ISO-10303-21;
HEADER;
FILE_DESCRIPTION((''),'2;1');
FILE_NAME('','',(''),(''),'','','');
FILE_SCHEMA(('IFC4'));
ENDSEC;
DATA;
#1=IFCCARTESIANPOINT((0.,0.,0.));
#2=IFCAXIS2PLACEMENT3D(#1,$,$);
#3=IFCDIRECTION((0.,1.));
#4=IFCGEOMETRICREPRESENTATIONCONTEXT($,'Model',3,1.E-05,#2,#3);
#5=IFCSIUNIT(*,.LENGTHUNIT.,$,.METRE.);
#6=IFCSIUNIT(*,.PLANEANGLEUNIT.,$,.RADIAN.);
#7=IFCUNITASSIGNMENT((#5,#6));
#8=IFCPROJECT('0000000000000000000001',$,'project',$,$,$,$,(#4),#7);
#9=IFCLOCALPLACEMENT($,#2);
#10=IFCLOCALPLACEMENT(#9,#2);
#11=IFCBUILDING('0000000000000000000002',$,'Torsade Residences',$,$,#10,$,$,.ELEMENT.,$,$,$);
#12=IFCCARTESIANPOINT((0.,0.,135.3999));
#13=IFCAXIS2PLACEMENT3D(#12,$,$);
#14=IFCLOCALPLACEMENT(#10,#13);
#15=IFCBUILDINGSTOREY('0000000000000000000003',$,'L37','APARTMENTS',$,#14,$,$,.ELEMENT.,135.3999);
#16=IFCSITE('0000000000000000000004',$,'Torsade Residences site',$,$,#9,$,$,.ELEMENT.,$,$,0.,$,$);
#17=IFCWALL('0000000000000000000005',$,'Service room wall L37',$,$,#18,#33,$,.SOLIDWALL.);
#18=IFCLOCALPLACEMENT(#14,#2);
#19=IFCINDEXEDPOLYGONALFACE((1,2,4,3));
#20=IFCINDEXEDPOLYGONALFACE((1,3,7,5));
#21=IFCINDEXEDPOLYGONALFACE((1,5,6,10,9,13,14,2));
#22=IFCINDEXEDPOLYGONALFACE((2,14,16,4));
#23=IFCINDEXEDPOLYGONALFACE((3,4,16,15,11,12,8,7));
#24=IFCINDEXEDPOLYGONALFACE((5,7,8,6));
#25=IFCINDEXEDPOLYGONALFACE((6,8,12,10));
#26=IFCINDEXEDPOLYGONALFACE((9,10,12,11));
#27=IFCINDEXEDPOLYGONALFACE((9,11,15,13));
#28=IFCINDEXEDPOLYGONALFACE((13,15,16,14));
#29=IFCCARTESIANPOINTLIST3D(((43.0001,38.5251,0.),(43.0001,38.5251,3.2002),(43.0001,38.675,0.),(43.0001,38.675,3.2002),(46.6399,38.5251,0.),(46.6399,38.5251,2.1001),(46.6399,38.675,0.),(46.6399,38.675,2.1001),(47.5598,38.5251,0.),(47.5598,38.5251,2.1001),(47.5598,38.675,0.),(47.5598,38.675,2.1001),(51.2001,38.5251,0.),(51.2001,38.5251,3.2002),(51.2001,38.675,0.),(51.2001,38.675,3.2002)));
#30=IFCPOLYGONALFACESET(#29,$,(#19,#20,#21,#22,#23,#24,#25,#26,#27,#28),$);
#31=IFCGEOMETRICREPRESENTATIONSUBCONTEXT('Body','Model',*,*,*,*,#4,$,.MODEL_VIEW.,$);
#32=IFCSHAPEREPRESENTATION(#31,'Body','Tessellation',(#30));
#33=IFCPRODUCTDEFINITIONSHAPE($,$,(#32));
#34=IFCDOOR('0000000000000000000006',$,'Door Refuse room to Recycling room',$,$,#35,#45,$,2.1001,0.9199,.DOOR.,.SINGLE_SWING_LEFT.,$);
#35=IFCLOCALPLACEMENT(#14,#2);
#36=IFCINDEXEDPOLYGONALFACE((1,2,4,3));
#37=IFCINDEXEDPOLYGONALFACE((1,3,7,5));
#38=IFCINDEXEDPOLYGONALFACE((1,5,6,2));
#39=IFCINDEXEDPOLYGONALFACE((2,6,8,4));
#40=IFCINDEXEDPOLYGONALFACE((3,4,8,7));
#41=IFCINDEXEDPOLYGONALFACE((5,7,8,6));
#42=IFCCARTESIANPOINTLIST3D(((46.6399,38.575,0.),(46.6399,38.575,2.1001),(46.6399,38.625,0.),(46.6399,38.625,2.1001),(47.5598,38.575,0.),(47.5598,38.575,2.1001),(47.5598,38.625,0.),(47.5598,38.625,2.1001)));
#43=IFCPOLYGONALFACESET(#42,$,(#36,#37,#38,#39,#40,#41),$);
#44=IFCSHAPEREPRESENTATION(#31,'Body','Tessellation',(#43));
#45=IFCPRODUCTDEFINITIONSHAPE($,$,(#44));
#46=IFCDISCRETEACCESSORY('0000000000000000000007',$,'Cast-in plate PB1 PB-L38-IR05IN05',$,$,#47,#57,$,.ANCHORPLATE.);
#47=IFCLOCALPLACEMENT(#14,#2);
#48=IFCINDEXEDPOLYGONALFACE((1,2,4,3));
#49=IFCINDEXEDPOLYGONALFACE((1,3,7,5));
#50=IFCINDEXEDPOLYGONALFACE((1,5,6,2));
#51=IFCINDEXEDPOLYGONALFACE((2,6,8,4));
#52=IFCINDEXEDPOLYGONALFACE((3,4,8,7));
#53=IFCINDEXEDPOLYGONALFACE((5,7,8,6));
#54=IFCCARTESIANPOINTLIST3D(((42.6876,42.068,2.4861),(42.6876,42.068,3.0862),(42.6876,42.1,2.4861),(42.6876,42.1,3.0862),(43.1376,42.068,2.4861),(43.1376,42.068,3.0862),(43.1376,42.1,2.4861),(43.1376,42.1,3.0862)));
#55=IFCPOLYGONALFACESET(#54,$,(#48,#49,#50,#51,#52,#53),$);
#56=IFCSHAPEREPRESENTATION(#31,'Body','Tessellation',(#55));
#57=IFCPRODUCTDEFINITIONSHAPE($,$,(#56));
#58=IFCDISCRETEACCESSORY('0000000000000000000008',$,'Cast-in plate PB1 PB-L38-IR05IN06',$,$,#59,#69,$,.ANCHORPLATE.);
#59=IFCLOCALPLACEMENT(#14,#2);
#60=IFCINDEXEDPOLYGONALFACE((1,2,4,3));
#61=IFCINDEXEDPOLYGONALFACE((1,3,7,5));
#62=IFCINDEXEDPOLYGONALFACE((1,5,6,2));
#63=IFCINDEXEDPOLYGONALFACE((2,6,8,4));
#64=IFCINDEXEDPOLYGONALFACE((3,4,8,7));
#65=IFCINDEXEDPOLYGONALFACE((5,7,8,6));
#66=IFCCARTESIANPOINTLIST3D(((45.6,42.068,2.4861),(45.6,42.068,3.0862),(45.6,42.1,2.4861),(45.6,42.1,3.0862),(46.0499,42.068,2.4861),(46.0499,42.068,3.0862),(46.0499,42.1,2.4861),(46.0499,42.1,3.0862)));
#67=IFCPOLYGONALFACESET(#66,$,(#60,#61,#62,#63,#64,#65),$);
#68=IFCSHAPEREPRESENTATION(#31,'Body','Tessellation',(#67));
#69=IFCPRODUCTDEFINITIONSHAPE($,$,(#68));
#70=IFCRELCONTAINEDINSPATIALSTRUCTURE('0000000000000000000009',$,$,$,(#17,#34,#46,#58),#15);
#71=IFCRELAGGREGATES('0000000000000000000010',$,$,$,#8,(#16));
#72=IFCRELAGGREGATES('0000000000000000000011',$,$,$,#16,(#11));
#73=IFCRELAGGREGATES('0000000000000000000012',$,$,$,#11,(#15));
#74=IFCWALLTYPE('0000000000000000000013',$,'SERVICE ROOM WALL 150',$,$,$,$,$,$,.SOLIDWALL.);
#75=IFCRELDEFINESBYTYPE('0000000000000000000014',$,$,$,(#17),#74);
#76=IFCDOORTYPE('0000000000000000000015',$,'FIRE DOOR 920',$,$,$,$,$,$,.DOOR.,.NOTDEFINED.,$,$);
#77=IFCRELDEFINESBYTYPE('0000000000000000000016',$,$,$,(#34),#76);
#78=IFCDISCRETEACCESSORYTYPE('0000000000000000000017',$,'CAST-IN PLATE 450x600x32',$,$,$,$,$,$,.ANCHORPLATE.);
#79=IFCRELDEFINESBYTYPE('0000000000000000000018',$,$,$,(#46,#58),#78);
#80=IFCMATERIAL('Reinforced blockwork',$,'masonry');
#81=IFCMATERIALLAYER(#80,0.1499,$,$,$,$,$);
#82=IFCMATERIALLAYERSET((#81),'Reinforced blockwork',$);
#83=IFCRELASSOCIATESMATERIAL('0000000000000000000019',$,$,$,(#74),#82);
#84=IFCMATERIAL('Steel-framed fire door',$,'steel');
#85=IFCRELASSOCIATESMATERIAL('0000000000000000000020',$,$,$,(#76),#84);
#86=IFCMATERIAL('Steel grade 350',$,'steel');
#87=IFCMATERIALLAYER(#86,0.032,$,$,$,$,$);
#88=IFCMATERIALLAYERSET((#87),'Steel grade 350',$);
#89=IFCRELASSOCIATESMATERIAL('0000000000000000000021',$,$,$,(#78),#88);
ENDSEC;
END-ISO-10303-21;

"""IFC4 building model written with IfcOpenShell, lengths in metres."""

from ifc_helpers import new_model, si_unit, direction, frame, frame_2d, origin, origin_2d, place, context, subcontext, project, spatial, rectangle, extrude, material, layer, layer_set, type_object, element, fill, save


model = new_model("IFC4")

# Units and contexts
model_context = context("Model", 3, precision=1e-05, world=origin(), true_north=direction((0.0, 1.0)))
body_context = subcontext(model_context, "Body", "Model", "MODEL_VIEW")
ifc_project = project(units=[si_unit("LENGTHUNIT", "METRE"), si_unit("PLANEANGLEUNIT", "RADIAN")], contexts=[model_context])

# Site, building, storey
site_placement = place(None, origin())
site = spatial("IfcSite", under=ifc_project, at=site_placement, Name="Torsade Residences site", CompositionType="ELEMENT", RefElevation=0.0)
building_placement = place(site_placement, origin())
building = spatial("IfcBuilding", under=site, at=building_placement, Name="Torsade Residences", CompositionType="ELEMENT")
storey_placement = place(building_placement, frame((0.0, 0.0, 135.3999)))
storey = spatial("IfcBuildingStorey", under=building, at=storey_placement, Name="L37", Description="APARTMENTS", CompositionType="ELEMENT", Elevation=135.3999)

# Shared definitions
ifc_material_1 = material(Name="Reinforced blockwork", Category="masonry")
ifc_layer_1 = layer(ifc_material_1, 0.1499)
ifc_layer_set_1 = layer_set([ifc_layer_1], Name="Reinforced blockwork")
wall_type_1 = type_object("IfcWallType", Name="SERVICE ROOM WALL 150", PredefinedType="SOLIDWALL", material=ifc_layer_set_1)

# Wall, opening, door
wall_1_placement = place(storey_placement, frame((43.0, 38.6001, 0.0), z_axis=(0.0, 0.0, 1.0), x_axis=(1.0, 0.0, 0.0)))
wall_1 = element("IfcWall", 1, at=wall_1_placement, inside=storey, type_object=wall_type_1, Name="Service room wall L37", PredefinedType="SOLIDWALL", context=body_context, shape_type="SweptSolid", body=[
    extrude(rectangle(XDim=8.2, YDim=0.1499, at=frame_2d((4.1001, 0.0))), origin(), (0.0, 0.0, 1.0), 3.2002),
])
opening_1_placement = place(wall_1_placement, frame((3.6399, 0.0, 0.0)))
opening_1 = element("IfcOpeningElement", 2, at=opening_1_placement, cuts=wall_1, PredefinedType="OPENING", context=body_context, shape_type="SweptSolid", body=[
    extrude(rectangle(XDim=0.9199, YDim=2.1001, at=frame_2d((0.46, 1.05))), frame((0.0, 0.085, 0.0), z_axis=(0.0, -1.0, 0.0), x_axis=(1.0, 0.0, 0.0)), (0.0, 0.0, 1.0), 0.1699),
])
ifc_material_2 = material(Name="Steel-framed fire door", Category="steel")
door_type_1 = type_object("IfcDoorType", Name="FIRE DOOR 920", OperationType="NOTDEFINED", PredefinedType="DOOR", material=ifc_material_2)
door_1_placement = place(opening_1_placement, origin())
door_1 = element("IfcDoor", 3, at=door_1_placement, inside=storey, type_object=door_type_1, Name="Door Refuse room to Recycling room", OperationType="SINGLE_SWING_LEFT", OverallHeight=2.1001, OverallWidth=0.9199, PredefinedType="DOOR", context=body_context, shape_type="SweptSolid", body=[
    extrude(rectangle(XDim=0.9199, YDim=2.1001, at=frame_2d((0.46, 1.05))), frame((0.0, 0.0249, 0.0), z_axis=(0.0, -1.0, 0.0), x_axis=(1.0, 0.0, 0.0)), (0.0, 0.0, 1.0), 0.05),
])
fill(opening_1, door_1)

# Discrete accessories
ifc_material_3 = material(Name="Steel grade 350", Category="steel")
ifc_layer_2 = layer(ifc_material_3, 0.032)
ifc_layer_set_2 = layer_set([ifc_layer_2], Name="Steel grade 350")
discrete_accessory_type = type_object("IfcDiscreteAccessoryType", Name="CAST-IN PLATE 450x600x32", PredefinedType="ANCHORPLATE", material=ifc_layer_set_2)
for number, where, z_axis, x_axis, name in (
    (4, (42.9126, 42.084, 2.4861), (0.0, 0.0, 1.0), (1.0, 0.0, 0.0), "Cast-in plate PB1 PB-L38-IR05IN05"),
    (5, (45.825, 42.084, 2.4861), (0.0, 0.0, 1.0), (1.0, 0.0, 0.0), "Cast-in plate PB1 PB-L38-IR05IN06"),
):
    element("IfcDiscreteAccessory", number, at=place(storey_placement, frame(where, z_axis=z_axis, x_axis=x_axis)), inside=storey, type_object=discrete_accessory_type, Name=name, PredefinedType="ANCHORPLATE", context=body_context, shape_type="SweptSolid", body=[
        extrude(rectangle(XDim=0.45, YDim=0.032, at=origin_2d()), origin(), (0.0, 0.0, 1.0), 0.6001),
    ])

save(model, "model.ifc")
